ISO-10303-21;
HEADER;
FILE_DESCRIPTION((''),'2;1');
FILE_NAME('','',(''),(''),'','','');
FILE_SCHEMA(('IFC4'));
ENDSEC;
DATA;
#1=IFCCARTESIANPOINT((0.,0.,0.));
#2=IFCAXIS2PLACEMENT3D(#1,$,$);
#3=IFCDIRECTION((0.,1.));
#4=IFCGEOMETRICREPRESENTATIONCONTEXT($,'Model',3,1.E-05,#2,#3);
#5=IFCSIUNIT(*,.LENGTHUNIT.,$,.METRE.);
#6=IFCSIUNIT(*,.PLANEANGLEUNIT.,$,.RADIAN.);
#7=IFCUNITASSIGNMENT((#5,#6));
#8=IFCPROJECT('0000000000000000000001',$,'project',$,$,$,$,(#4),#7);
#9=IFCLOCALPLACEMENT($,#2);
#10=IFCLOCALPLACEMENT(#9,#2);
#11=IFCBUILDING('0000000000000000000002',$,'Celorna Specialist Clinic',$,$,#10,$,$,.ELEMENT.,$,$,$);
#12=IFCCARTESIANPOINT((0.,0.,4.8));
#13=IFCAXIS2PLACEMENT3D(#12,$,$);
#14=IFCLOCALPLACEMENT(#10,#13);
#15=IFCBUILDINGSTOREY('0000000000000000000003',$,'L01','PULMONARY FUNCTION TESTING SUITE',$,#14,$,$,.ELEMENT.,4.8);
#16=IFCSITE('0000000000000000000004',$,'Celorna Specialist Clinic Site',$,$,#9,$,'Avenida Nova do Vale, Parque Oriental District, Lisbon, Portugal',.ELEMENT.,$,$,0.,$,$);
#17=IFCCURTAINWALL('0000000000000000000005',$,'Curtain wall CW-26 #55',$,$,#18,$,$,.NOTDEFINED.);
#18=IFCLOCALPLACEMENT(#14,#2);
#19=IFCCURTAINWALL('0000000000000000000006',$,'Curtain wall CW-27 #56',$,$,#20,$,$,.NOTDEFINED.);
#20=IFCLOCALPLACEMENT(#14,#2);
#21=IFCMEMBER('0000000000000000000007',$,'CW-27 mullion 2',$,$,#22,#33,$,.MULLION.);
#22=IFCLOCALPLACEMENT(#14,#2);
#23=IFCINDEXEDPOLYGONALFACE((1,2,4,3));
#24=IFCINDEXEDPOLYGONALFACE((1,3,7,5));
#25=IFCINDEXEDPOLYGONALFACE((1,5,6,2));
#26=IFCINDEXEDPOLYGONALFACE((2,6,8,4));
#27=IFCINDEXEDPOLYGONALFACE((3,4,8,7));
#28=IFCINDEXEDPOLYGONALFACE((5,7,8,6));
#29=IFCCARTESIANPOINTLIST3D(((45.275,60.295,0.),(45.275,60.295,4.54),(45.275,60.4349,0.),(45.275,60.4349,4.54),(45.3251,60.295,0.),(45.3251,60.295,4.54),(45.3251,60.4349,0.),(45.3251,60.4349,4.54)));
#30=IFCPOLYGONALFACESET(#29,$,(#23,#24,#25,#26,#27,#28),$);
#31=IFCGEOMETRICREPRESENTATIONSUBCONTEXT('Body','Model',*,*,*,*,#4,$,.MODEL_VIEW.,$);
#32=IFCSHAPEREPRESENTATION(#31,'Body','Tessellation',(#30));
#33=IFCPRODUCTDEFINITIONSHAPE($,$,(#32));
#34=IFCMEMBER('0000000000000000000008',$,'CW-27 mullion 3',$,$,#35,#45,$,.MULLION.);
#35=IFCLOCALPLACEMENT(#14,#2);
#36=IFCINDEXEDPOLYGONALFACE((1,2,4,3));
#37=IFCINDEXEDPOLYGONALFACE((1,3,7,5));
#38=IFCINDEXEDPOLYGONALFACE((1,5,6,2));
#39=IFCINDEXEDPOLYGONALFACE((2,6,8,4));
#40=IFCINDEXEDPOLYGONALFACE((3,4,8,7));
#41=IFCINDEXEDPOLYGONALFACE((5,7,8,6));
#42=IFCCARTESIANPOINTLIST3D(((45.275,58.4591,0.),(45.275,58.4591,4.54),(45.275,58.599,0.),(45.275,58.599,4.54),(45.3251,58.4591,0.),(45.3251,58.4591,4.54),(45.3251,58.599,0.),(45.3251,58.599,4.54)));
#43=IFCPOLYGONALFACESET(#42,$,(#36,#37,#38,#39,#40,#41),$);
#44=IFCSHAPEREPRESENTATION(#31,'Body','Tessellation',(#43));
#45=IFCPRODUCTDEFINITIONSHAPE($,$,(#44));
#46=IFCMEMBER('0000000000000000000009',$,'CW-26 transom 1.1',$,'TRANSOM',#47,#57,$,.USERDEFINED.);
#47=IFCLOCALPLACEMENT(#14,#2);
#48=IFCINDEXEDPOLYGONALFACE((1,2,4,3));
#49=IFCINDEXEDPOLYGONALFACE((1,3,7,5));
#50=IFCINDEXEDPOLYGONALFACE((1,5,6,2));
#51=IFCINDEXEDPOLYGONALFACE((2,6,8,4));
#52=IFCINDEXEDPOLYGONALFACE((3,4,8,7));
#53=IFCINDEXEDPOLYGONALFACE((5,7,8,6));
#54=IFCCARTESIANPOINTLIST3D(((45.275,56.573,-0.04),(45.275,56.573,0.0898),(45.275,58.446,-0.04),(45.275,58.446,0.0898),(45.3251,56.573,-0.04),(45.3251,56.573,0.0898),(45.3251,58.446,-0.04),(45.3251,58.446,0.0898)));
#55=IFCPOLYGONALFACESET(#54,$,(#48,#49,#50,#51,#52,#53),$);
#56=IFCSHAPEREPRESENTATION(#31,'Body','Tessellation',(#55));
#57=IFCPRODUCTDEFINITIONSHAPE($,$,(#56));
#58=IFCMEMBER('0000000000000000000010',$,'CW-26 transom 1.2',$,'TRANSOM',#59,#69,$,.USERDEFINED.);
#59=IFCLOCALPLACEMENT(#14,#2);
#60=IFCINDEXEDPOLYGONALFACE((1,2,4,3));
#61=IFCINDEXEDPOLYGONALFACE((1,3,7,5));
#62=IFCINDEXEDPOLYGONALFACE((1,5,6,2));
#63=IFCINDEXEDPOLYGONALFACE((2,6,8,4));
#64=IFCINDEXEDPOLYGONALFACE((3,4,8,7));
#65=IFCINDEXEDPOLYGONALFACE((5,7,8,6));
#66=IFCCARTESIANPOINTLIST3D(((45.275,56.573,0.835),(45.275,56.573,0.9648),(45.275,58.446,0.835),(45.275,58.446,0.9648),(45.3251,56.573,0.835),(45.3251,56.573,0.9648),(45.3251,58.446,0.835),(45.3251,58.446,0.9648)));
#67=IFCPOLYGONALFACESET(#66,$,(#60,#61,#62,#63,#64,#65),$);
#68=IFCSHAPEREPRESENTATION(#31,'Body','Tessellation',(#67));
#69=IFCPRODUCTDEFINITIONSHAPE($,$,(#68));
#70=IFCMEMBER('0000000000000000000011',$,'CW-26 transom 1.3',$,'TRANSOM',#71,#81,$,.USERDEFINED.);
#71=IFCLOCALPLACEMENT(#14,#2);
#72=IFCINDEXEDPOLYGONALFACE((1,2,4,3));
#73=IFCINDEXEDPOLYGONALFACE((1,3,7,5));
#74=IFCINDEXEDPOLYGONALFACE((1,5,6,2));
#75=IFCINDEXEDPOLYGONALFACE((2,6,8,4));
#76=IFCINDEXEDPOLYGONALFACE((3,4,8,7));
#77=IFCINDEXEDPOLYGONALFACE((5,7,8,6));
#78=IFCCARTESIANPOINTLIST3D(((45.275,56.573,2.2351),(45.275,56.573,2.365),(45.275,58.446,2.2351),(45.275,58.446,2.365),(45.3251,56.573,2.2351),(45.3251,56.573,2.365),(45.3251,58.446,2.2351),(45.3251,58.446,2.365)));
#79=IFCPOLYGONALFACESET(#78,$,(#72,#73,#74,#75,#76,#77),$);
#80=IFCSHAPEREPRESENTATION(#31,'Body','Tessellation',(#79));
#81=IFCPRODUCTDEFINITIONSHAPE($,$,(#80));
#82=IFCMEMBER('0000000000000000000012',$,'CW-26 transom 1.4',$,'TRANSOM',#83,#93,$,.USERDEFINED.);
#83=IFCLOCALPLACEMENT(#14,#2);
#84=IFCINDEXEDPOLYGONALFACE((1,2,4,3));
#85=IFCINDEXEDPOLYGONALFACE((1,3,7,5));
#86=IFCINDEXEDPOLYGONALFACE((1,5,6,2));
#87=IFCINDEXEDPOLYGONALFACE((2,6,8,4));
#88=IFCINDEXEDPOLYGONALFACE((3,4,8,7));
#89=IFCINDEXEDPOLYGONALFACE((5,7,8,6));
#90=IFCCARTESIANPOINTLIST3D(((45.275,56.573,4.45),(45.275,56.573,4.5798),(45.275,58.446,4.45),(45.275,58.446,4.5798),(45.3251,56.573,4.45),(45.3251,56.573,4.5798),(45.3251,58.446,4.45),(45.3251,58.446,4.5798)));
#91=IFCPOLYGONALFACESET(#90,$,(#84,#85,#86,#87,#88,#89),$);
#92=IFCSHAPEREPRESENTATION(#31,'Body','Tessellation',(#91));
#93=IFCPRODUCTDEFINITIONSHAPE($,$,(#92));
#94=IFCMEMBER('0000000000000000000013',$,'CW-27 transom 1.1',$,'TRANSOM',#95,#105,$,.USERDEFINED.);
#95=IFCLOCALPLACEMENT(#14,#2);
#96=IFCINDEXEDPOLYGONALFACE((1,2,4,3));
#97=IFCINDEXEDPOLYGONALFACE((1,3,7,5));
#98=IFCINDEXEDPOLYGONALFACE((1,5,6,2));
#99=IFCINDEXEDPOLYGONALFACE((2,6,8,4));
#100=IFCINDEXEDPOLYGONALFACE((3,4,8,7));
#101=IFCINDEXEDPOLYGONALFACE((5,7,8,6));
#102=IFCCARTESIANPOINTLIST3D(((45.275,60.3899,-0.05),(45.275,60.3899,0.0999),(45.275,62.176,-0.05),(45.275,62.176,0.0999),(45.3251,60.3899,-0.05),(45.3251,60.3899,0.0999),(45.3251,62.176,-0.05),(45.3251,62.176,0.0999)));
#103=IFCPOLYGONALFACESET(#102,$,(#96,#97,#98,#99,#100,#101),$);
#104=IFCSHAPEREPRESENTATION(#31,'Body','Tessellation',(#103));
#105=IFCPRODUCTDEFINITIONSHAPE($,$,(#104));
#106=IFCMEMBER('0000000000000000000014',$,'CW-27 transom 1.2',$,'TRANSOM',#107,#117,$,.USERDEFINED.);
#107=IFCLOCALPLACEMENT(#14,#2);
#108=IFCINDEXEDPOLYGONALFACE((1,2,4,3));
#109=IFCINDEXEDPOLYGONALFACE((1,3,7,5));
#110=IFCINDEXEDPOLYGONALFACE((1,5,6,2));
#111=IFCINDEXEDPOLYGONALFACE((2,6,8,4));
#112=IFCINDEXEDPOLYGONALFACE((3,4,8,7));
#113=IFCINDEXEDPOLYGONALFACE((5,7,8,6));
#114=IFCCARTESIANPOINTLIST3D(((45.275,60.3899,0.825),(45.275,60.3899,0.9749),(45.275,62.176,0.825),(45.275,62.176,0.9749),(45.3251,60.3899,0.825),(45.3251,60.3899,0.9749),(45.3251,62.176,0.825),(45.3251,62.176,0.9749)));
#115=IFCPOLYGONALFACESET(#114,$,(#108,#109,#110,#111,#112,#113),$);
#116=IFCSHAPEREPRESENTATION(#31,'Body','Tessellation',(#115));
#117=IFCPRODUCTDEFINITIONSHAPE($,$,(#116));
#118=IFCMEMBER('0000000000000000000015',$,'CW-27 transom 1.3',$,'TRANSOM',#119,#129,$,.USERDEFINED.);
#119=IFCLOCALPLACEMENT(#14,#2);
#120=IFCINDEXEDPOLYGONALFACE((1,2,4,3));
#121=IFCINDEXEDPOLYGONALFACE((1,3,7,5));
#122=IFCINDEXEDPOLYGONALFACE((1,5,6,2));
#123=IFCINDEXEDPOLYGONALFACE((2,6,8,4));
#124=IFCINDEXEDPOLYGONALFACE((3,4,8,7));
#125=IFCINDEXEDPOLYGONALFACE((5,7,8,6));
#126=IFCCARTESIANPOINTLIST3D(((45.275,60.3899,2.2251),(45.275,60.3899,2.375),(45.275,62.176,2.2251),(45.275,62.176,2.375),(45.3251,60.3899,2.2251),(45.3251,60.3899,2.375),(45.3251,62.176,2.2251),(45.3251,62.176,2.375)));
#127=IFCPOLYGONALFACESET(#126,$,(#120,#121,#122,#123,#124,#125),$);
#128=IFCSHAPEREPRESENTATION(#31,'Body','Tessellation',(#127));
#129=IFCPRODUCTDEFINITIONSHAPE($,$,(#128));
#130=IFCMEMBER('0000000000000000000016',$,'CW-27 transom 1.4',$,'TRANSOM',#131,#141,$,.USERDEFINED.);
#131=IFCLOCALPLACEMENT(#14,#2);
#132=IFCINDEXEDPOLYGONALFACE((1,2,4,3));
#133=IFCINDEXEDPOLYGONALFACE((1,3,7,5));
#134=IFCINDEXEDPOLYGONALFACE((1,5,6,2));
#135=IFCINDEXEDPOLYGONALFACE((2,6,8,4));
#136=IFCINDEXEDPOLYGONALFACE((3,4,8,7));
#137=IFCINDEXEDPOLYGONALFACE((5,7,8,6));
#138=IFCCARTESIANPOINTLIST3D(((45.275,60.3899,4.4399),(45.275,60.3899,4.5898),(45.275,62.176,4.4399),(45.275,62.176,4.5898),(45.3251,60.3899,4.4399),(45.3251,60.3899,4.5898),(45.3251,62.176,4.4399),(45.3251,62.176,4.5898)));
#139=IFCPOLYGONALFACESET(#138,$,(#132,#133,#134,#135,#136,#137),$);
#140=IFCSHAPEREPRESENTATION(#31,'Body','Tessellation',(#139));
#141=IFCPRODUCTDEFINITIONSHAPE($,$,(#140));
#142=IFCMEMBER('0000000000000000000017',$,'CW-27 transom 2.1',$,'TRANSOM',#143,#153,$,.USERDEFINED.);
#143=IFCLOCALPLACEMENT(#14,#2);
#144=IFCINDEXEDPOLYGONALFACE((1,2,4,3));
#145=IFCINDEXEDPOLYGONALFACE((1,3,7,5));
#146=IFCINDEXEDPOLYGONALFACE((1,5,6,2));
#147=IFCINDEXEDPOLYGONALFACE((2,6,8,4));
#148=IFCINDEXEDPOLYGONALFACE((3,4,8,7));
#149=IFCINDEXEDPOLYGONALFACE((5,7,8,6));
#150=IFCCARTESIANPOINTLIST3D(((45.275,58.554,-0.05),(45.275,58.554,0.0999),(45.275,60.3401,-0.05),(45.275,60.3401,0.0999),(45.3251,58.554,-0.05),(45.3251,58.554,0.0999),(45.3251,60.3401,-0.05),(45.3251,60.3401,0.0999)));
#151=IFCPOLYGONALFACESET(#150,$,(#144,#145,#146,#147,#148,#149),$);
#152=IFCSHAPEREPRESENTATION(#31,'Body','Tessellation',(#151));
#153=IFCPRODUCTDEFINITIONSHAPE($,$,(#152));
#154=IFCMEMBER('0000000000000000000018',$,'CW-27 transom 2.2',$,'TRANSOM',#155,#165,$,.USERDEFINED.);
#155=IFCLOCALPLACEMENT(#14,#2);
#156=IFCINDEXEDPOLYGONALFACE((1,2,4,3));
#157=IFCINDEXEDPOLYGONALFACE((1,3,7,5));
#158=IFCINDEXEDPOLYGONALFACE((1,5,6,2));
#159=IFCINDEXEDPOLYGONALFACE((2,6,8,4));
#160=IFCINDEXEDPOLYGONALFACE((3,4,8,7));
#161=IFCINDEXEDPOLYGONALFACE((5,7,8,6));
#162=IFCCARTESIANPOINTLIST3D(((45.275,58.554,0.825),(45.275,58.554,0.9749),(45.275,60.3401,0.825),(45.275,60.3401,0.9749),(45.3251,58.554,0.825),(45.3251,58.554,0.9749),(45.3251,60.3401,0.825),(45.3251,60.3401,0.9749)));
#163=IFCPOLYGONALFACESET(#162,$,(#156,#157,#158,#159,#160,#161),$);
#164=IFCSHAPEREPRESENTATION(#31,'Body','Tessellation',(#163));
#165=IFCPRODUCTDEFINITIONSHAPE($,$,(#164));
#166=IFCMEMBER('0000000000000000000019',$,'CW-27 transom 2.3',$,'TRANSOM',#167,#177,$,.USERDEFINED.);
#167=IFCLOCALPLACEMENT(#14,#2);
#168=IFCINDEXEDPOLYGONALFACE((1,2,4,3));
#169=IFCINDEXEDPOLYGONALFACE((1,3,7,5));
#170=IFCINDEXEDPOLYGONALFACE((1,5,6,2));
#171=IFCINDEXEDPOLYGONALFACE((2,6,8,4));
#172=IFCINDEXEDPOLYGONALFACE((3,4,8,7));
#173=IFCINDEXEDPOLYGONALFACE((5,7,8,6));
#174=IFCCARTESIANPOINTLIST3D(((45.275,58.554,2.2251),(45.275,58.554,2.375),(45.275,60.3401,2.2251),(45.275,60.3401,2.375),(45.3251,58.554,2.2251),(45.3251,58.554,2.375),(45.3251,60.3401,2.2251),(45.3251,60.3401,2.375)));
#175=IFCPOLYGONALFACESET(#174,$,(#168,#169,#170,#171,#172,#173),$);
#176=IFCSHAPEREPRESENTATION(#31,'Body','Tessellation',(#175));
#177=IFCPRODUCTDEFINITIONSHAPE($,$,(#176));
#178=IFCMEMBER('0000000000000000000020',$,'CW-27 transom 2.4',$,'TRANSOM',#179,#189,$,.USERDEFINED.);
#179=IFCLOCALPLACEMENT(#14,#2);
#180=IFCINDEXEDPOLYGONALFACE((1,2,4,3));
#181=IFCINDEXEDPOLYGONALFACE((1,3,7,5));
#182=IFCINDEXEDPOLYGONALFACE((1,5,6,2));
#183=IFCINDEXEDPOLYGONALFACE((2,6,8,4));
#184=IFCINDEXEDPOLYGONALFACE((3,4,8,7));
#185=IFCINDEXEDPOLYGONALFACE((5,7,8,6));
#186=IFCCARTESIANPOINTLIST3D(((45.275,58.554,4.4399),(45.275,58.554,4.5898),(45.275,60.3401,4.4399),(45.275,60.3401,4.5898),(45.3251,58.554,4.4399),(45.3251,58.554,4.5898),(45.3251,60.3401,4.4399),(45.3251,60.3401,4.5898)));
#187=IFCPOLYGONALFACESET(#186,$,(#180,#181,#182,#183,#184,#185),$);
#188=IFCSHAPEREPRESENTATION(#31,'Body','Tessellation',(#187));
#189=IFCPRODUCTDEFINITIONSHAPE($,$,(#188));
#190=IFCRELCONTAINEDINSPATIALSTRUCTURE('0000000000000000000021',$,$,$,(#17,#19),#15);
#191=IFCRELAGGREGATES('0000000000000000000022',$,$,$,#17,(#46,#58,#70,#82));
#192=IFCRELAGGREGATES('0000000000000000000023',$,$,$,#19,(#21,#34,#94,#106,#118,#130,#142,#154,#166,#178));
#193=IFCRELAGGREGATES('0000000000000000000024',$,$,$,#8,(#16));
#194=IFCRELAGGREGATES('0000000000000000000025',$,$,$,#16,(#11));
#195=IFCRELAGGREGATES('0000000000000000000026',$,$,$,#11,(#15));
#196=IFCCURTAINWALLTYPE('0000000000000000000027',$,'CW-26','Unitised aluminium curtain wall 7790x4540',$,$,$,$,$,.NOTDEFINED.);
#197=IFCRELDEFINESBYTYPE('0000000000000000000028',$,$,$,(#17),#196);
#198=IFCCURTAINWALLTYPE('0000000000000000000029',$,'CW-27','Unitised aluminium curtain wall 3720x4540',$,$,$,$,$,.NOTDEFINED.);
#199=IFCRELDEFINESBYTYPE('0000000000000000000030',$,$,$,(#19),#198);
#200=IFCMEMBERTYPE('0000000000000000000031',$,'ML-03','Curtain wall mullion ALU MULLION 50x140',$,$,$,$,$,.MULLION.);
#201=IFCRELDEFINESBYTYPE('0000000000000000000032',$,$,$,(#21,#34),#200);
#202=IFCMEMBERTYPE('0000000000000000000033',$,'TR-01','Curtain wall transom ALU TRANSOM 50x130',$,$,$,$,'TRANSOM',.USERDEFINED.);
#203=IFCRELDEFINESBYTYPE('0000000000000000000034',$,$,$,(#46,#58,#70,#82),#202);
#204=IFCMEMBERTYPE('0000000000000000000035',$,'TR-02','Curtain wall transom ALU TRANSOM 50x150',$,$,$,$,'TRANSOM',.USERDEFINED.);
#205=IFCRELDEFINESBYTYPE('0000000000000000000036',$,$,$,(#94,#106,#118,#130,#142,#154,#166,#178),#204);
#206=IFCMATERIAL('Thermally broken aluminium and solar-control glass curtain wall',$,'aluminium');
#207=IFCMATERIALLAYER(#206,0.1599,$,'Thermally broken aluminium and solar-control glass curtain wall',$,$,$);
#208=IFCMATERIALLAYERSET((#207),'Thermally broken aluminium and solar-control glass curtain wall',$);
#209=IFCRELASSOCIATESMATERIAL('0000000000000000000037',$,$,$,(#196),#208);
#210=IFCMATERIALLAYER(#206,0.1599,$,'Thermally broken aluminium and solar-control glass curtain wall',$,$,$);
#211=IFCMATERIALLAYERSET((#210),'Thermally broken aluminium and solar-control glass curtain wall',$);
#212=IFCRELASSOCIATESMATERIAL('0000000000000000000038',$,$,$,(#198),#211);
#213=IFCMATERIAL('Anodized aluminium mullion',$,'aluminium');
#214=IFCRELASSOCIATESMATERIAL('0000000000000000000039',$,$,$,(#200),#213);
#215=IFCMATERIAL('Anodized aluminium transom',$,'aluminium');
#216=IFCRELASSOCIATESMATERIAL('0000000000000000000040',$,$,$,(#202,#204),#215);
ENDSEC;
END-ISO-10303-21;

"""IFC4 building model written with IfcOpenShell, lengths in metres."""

from ifc_helpers import new_model, si_unit, direction, frame, origin, origin_2d, place, context, subcontext, project, spatial, rectangle, extrude, material, layer, layer_set, material_profile, profile_set, type_object, element, aggregate, save


model = new_model("IFC4")

# Units and contexts
model_context = context("Model", 3, precision=1e-05, world=origin(), true_north=direction((0.0, 1.0)))
body_context = subcontext(model_context, "Body", "Model", "MODEL_VIEW")
ifc_project = project(units=[si_unit("LENGTHUNIT", "METRE"), si_unit("PLANEANGLEUNIT", "RADIAN")], contexts=[model_context])

# Site, building, storey
site_placement = place(None, origin())
site = spatial("IfcSite", under=ifc_project, at=site_placement, Name="Celorna Specialist Clinic Site", LongName="Avenida Nova do Vale, Parque Oriental District, Lisbon, Portugal", CompositionType="ELEMENT", RefElevation=0.0)
building_placement = place(site_placement, origin())
building = spatial("IfcBuilding", under=site, at=building_placement, Name="Celorna Specialist Clinic", CompositionType="ELEMENT")
storey_placement = place(building_placement, frame((0.0, 0.0, 4.8)))
storey = spatial("IfcBuildingStorey", under=building, at=storey_placement, Name="L01", Description="PULMONARY FUNCTION TESTING SUITE", CompositionType="ELEMENT", Elevation=4.8)

# Curtain wall
ifc_material_1 = material(Name="Thermally broken aluminium and solar-control glass curtain wall", Category="aluminium")
ifc_layer_1 = layer(ifc_material_1, 0.1599, Name="Thermally broken aluminium and solar-control glass curtain wall")
ifc_layer_set_1 = layer_set([ifc_layer_1], Name="Thermally broken aluminium and solar-control glass curtain wall")
curtain_wall_type_1 = type_object("IfcCurtainWallType", Name="CW-26", Description="Unitised aluminium curtain wall 7790x4540", PredefinedType="NOTDEFINED", material=ifc_layer_set_1)
curtain_wall_1_placement = place(storey_placement, origin())
curtain_wall_1 = element("IfcCurtainWall", 1, at=curtain_wall_1_placement, inside=storey, type_object=curtain_wall_type_1, Name="Curtain wall CW-26 #55", PredefinedType="NOTDEFINED")
ifc_material_2 = material(Name="Anodized aluminium mullion", Category="aluminium")

# Curtain wall, members
ifc_layer_2 = layer(ifc_material_1, 0.1599, Name="Thermally broken aluminium and solar-control glass curtain wall")
ifc_layer_set_2 = layer_set([ifc_layer_2], Name="Thermally broken aluminium and solar-control glass curtain wall")
curtain_wall_type_2 = type_object("IfcCurtainWallType", Name="CW-27", Description="Unitised aluminium curtain wall 3720x4540", PredefinedType="NOTDEFINED", material=ifc_layer_set_2)
curtain_wall_2_placement = place(storey_placement, origin())
curtain_wall_2 = element("IfcCurtainWall", 2, at=curtain_wall_2_placement, inside=storey, type_object=curtain_wall_type_2, Name="Curtain wall CW-27 #56", PredefinedType="NOTDEFINED")
ifc_material_profile_1 = material_profile(ifc_material_2, rectangle(XDim=0.05, YDim=0.1399, at=origin_2d()), Name="ALU MULLION 50x140")
ifc_profile_set_1 = profile_set([ifc_material_profile_1], Name="Anodized aluminium mullion")
member_type_1 = type_object("IfcMemberType", Name="ML-03", Description="Curtain wall mullion ALU MULLION 50x140", PredefinedType="MULLION", material=ifc_profile_set_1)
member_1_placement = place(storey_placement, frame((45.3, 60.365, 0.0), z_axis=(0.0, 0.0, 1.0), x_axis=(1.0, 0.0, 0.0)))
member_1 = element("IfcMember", 3, at=member_1_placement, type_object=member_type_1, Name="CW-27 mullion 2", PredefinedType="MULLION", context=body_context, shape_type="SweptSolid", body=[
    extrude(rectangle(XDim=0.05, YDim=0.1399, at=origin_2d()), origin(), (0.0, 0.0, 1.0), 4.54),
])
member_2_placement = place(storey_placement, frame((45.3, 58.5291, 0.0), z_axis=(0.0, 0.0, 1.0), x_axis=(1.0, 0.0, 0.0)))
member_2 = element("IfcMember", 4, at=member_2_placement, type_object=member_type_1, Name="CW-27 mullion 3", PredefinedType="MULLION", context=body_context, shape_type="SweptSolid", body=[
    extrude(rectangle(XDim=0.05, YDim=0.1399, at=origin_2d()), origin(), (0.0, 0.0, 1.0), 4.54),
])

# Members
ifc_material_3 = material(Name="Anodized aluminium transom", Category="aluminium")
ifc_material_profile_2 = material_profile(ifc_material_3, rectangle(XDim=0.05, YDim=0.1299, at=origin_2d()), Name="ALU TRANSOM 50x130")
ifc_profile_set_2 = profile_set([ifc_material_profile_2], Name="Anodized aluminium transom")
member_type_2 = type_object("IfcMemberType", Name="TR-01", Description="Curtain wall transom ALU TRANSOM 50x130", ElementType="TRANSOM", PredefinedType="USERDEFINED", material=ifc_profile_set_2)
member_3_placement = place(storey_placement, frame((45.3, 58.446, 0.0249), z_axis=(0.0, -1.0, 0.0), x_axis=(1.0, 0.0, 0.0)))
member_3 = element("IfcMember", 5, at=member_3_placement, type_object=member_type_2, Name="CW-26 transom 1.1", ObjectType="TRANSOM", PredefinedType="USERDEFINED", context=body_context, shape_type="SweptSolid", body=[
    extrude(rectangle(XDim=0.05, YDim=0.1299, at=origin_2d()), origin(), (0.0, 0.0, 1.0), 1.873),
])
member_4_placement = place(storey_placement, frame((45.3, 58.446, 0.8999), z_axis=(0.0, -1.0, 0.0), x_axis=(1.0, 0.0, 0.0)))
member_4 = element("IfcMember", 6, at=member_4_placement, type_object=member_type_2, Name="CW-26 transom 1.2", ObjectType="TRANSOM", PredefinedType="USERDEFINED", context=body_context, shape_type="SweptSolid", body=[
    extrude(rectangle(XDim=0.05, YDim=0.1299, at=origin_2d()), origin(), (0.0, 0.0, 1.0), 1.873),
])
member_5_placement = place(storey_placement, frame((45.3, 58.446, 2.3), z_axis=(0.0, -1.0, 0.0), x_axis=(1.0, 0.0, 0.0)))
member_5 = element("IfcMember", 7, at=member_5_placement, type_object=member_type_2, Name="CW-26 transom 1.3", ObjectType="TRANSOM", PredefinedType="USERDEFINED", context=body_context, shape_type="SweptSolid", body=[
    extrude(rectangle(XDim=0.05, YDim=0.1299, at=origin_2d()), origin(), (0.0, 0.0, 1.0), 1.873),
])
member_6_placement = place(storey_placement, frame((45.3, 58.446, 4.5149), z_axis=(0.0, -1.0, 0.0), x_axis=(1.0, 0.0, 0.0)))
member_6 = element("IfcMember", 8, at=member_6_placement, type_object=member_type_2, Name="CW-26 transom 1.4", ObjectType="TRANSOM", PredefinedType="USERDEFINED", context=body_context, shape_type="SweptSolid", body=[
    extrude(rectangle(XDim=0.05, YDim=0.1299, at=origin_2d()), origin(), (0.0, 0.0, 1.0), 1.873),
])
aggregate(curtain_wall_1, [member_3, member_4, member_5, member_6])
ifc_material_profile_3 = material_profile(ifc_material_3, rectangle(XDim=0.05, YDim=0.1499, at=origin_2d()), Name="ALU TRANSOM 50x150")
ifc_profile_set_3 = profile_set([ifc_material_profile_3], Name="Anodized aluminium transom")
member_type_3 = type_object("IfcMemberType", Name="TR-02", Description="Curtain wall transom ALU TRANSOM 50x150", ElementType="TRANSOM", PredefinedType="USERDEFINED", material=ifc_profile_set_3)
member_7_placement = place(storey_placement, frame((45.3, 62.176, 0.0249), z_axis=(0.0, -1.0, 0.0), x_axis=(1.0, 0.0, 0.0)))
member_7 = element("IfcMember", 9, at=member_7_placement, type_object=member_type_3, Name="CW-27 transom 1.1", ObjectType="TRANSOM", PredefinedType="USERDEFINED", context=body_context, shape_type="SweptSolid", body=[
    extrude(rectangle(XDim=0.05, YDim=0.1499, at=origin_2d()), origin(), (0.0, 0.0, 1.0), 1.7861),
])
member_8_placement = place(storey_placement, frame((45.3, 62.176, 0.8999), z_axis=(0.0, -1.0, 0.0), x_axis=(1.0, 0.0, 0.0)))
member_8 = element("IfcMember", 10, at=member_8_placement, type_object=member_type_3, Name="CW-27 transom 1.2", ObjectType="TRANSOM", PredefinedType="USERDEFINED", context=body_context, shape_type="SweptSolid", body=[
    extrude(rectangle(XDim=0.05, YDim=0.1499, at=origin_2d()), origin(), (0.0, 0.0, 1.0), 1.7861),
])
member_9_placement = place(storey_placement, frame((45.3, 62.176, 2.3), z_axis=(0.0, -1.0, 0.0), x_axis=(1.0, 0.0, 0.0)))
member_9 = element("IfcMember", 11, at=member_9_placement, type_object=member_type_3, Name="CW-27 transom 1.3", ObjectType="TRANSOM", PredefinedType="USERDEFINED", context=body_context, shape_type="SweptSolid", body=[
    extrude(rectangle(XDim=0.05, YDim=0.1499, at=origin_2d()), origin(), (0.0, 0.0, 1.0), 1.7861),
])
member_10_placement = place(storey_placement, frame((45.3, 62.176, 4.5149), z_axis=(0.0, -1.0, 0.0), x_axis=(1.0, 0.0, 0.0)))
member_10 = element("IfcMember", 12, at=member_10_placement, type_object=member_type_3, Name="CW-27 transom 1.4", ObjectType="TRANSOM", PredefinedType="USERDEFINED", context=body_context, shape_type="SweptSolid", body=[
    extrude(rectangle(XDim=0.05, YDim=0.1499, at=origin_2d()), origin(), (0.0, 0.0, 1.0), 1.7861),
])
member_11_placement = place(storey_placement, frame((45.3, 60.3401, 0.0249), z_axis=(0.0, -1.0, 0.0), x_axis=(1.0, 0.0, 0.0)))
member_11 = element("IfcMember", 13, at=member_11_placement, type_object=member_type_3, Name="CW-27 transom 2.1", ObjectType="TRANSOM", PredefinedType="USERDEFINED", context=body_context, shape_type="SweptSolid", body=[
    extrude(rectangle(XDim=0.05, YDim=0.1499, at=origin_2d()), origin(), (0.0, 0.0, 1.0), 1.7861),
])
member_12_placement = place(storey_placement, frame((45.3, 60.3401, 0.8999), z_axis=(0.0, -1.0, 0.0), x_axis=(1.0, 0.0, 0.0)))
member_12 = element("IfcMember", 14, at=member_12_placement, type_object=member_type_3, Name="CW-27 transom 2.2", ObjectType="TRANSOM", PredefinedType="USERDEFINED", context=body_context, shape_type="SweptSolid", body=[
    extrude(rectangle(XDim=0.05, YDim=0.1499, at=origin_2d()), origin(), (0.0, 0.0, 1.0), 1.7861),
])
member_13_placement = place(storey_placement, frame((45.3, 60.3401, 2.3), z_axis=(0.0, -1.0, 0.0), x_axis=(1.0, 0.0, 0.0)))
member_13 = element("IfcMember", 15, at=member_13_placement, type_object=member_type_3, Name="CW-27 transom 2.3", ObjectType="TRANSOM", PredefinedType="USERDEFINED", context=body_context, shape_type="SweptSolid", body=[
    extrude(rectangle(XDim=0.05, YDim=0.1499, at=origin_2d()), origin(), (0.0, 0.0, 1.0), 1.7861),
])
member_14_placement = place(storey_placement, frame((45.3, 60.3401, 4.5149), z_axis=(0.0, -1.0, 0.0), x_axis=(1.0, 0.0, 0.0)))
member_14 = element("IfcMember", 16, at=member_14_placement, type_object=member_type_3, Name="CW-27 transom 2.4", ObjectType="TRANSOM", PredefinedType="USERDEFINED", context=body_context, shape_type="SweptSolid", body=[
    extrude(rectangle(XDim=0.05, YDim=0.1499, at=origin_2d()), origin(), (0.0, 0.0, 1.0), 1.7861),
])

aggregate(curtain_wall_2, [member_1, member_2, member_7, member_8, member_9, member_10, member_11, member_12, member_13, member_14])

save(model, "model.ifc")
